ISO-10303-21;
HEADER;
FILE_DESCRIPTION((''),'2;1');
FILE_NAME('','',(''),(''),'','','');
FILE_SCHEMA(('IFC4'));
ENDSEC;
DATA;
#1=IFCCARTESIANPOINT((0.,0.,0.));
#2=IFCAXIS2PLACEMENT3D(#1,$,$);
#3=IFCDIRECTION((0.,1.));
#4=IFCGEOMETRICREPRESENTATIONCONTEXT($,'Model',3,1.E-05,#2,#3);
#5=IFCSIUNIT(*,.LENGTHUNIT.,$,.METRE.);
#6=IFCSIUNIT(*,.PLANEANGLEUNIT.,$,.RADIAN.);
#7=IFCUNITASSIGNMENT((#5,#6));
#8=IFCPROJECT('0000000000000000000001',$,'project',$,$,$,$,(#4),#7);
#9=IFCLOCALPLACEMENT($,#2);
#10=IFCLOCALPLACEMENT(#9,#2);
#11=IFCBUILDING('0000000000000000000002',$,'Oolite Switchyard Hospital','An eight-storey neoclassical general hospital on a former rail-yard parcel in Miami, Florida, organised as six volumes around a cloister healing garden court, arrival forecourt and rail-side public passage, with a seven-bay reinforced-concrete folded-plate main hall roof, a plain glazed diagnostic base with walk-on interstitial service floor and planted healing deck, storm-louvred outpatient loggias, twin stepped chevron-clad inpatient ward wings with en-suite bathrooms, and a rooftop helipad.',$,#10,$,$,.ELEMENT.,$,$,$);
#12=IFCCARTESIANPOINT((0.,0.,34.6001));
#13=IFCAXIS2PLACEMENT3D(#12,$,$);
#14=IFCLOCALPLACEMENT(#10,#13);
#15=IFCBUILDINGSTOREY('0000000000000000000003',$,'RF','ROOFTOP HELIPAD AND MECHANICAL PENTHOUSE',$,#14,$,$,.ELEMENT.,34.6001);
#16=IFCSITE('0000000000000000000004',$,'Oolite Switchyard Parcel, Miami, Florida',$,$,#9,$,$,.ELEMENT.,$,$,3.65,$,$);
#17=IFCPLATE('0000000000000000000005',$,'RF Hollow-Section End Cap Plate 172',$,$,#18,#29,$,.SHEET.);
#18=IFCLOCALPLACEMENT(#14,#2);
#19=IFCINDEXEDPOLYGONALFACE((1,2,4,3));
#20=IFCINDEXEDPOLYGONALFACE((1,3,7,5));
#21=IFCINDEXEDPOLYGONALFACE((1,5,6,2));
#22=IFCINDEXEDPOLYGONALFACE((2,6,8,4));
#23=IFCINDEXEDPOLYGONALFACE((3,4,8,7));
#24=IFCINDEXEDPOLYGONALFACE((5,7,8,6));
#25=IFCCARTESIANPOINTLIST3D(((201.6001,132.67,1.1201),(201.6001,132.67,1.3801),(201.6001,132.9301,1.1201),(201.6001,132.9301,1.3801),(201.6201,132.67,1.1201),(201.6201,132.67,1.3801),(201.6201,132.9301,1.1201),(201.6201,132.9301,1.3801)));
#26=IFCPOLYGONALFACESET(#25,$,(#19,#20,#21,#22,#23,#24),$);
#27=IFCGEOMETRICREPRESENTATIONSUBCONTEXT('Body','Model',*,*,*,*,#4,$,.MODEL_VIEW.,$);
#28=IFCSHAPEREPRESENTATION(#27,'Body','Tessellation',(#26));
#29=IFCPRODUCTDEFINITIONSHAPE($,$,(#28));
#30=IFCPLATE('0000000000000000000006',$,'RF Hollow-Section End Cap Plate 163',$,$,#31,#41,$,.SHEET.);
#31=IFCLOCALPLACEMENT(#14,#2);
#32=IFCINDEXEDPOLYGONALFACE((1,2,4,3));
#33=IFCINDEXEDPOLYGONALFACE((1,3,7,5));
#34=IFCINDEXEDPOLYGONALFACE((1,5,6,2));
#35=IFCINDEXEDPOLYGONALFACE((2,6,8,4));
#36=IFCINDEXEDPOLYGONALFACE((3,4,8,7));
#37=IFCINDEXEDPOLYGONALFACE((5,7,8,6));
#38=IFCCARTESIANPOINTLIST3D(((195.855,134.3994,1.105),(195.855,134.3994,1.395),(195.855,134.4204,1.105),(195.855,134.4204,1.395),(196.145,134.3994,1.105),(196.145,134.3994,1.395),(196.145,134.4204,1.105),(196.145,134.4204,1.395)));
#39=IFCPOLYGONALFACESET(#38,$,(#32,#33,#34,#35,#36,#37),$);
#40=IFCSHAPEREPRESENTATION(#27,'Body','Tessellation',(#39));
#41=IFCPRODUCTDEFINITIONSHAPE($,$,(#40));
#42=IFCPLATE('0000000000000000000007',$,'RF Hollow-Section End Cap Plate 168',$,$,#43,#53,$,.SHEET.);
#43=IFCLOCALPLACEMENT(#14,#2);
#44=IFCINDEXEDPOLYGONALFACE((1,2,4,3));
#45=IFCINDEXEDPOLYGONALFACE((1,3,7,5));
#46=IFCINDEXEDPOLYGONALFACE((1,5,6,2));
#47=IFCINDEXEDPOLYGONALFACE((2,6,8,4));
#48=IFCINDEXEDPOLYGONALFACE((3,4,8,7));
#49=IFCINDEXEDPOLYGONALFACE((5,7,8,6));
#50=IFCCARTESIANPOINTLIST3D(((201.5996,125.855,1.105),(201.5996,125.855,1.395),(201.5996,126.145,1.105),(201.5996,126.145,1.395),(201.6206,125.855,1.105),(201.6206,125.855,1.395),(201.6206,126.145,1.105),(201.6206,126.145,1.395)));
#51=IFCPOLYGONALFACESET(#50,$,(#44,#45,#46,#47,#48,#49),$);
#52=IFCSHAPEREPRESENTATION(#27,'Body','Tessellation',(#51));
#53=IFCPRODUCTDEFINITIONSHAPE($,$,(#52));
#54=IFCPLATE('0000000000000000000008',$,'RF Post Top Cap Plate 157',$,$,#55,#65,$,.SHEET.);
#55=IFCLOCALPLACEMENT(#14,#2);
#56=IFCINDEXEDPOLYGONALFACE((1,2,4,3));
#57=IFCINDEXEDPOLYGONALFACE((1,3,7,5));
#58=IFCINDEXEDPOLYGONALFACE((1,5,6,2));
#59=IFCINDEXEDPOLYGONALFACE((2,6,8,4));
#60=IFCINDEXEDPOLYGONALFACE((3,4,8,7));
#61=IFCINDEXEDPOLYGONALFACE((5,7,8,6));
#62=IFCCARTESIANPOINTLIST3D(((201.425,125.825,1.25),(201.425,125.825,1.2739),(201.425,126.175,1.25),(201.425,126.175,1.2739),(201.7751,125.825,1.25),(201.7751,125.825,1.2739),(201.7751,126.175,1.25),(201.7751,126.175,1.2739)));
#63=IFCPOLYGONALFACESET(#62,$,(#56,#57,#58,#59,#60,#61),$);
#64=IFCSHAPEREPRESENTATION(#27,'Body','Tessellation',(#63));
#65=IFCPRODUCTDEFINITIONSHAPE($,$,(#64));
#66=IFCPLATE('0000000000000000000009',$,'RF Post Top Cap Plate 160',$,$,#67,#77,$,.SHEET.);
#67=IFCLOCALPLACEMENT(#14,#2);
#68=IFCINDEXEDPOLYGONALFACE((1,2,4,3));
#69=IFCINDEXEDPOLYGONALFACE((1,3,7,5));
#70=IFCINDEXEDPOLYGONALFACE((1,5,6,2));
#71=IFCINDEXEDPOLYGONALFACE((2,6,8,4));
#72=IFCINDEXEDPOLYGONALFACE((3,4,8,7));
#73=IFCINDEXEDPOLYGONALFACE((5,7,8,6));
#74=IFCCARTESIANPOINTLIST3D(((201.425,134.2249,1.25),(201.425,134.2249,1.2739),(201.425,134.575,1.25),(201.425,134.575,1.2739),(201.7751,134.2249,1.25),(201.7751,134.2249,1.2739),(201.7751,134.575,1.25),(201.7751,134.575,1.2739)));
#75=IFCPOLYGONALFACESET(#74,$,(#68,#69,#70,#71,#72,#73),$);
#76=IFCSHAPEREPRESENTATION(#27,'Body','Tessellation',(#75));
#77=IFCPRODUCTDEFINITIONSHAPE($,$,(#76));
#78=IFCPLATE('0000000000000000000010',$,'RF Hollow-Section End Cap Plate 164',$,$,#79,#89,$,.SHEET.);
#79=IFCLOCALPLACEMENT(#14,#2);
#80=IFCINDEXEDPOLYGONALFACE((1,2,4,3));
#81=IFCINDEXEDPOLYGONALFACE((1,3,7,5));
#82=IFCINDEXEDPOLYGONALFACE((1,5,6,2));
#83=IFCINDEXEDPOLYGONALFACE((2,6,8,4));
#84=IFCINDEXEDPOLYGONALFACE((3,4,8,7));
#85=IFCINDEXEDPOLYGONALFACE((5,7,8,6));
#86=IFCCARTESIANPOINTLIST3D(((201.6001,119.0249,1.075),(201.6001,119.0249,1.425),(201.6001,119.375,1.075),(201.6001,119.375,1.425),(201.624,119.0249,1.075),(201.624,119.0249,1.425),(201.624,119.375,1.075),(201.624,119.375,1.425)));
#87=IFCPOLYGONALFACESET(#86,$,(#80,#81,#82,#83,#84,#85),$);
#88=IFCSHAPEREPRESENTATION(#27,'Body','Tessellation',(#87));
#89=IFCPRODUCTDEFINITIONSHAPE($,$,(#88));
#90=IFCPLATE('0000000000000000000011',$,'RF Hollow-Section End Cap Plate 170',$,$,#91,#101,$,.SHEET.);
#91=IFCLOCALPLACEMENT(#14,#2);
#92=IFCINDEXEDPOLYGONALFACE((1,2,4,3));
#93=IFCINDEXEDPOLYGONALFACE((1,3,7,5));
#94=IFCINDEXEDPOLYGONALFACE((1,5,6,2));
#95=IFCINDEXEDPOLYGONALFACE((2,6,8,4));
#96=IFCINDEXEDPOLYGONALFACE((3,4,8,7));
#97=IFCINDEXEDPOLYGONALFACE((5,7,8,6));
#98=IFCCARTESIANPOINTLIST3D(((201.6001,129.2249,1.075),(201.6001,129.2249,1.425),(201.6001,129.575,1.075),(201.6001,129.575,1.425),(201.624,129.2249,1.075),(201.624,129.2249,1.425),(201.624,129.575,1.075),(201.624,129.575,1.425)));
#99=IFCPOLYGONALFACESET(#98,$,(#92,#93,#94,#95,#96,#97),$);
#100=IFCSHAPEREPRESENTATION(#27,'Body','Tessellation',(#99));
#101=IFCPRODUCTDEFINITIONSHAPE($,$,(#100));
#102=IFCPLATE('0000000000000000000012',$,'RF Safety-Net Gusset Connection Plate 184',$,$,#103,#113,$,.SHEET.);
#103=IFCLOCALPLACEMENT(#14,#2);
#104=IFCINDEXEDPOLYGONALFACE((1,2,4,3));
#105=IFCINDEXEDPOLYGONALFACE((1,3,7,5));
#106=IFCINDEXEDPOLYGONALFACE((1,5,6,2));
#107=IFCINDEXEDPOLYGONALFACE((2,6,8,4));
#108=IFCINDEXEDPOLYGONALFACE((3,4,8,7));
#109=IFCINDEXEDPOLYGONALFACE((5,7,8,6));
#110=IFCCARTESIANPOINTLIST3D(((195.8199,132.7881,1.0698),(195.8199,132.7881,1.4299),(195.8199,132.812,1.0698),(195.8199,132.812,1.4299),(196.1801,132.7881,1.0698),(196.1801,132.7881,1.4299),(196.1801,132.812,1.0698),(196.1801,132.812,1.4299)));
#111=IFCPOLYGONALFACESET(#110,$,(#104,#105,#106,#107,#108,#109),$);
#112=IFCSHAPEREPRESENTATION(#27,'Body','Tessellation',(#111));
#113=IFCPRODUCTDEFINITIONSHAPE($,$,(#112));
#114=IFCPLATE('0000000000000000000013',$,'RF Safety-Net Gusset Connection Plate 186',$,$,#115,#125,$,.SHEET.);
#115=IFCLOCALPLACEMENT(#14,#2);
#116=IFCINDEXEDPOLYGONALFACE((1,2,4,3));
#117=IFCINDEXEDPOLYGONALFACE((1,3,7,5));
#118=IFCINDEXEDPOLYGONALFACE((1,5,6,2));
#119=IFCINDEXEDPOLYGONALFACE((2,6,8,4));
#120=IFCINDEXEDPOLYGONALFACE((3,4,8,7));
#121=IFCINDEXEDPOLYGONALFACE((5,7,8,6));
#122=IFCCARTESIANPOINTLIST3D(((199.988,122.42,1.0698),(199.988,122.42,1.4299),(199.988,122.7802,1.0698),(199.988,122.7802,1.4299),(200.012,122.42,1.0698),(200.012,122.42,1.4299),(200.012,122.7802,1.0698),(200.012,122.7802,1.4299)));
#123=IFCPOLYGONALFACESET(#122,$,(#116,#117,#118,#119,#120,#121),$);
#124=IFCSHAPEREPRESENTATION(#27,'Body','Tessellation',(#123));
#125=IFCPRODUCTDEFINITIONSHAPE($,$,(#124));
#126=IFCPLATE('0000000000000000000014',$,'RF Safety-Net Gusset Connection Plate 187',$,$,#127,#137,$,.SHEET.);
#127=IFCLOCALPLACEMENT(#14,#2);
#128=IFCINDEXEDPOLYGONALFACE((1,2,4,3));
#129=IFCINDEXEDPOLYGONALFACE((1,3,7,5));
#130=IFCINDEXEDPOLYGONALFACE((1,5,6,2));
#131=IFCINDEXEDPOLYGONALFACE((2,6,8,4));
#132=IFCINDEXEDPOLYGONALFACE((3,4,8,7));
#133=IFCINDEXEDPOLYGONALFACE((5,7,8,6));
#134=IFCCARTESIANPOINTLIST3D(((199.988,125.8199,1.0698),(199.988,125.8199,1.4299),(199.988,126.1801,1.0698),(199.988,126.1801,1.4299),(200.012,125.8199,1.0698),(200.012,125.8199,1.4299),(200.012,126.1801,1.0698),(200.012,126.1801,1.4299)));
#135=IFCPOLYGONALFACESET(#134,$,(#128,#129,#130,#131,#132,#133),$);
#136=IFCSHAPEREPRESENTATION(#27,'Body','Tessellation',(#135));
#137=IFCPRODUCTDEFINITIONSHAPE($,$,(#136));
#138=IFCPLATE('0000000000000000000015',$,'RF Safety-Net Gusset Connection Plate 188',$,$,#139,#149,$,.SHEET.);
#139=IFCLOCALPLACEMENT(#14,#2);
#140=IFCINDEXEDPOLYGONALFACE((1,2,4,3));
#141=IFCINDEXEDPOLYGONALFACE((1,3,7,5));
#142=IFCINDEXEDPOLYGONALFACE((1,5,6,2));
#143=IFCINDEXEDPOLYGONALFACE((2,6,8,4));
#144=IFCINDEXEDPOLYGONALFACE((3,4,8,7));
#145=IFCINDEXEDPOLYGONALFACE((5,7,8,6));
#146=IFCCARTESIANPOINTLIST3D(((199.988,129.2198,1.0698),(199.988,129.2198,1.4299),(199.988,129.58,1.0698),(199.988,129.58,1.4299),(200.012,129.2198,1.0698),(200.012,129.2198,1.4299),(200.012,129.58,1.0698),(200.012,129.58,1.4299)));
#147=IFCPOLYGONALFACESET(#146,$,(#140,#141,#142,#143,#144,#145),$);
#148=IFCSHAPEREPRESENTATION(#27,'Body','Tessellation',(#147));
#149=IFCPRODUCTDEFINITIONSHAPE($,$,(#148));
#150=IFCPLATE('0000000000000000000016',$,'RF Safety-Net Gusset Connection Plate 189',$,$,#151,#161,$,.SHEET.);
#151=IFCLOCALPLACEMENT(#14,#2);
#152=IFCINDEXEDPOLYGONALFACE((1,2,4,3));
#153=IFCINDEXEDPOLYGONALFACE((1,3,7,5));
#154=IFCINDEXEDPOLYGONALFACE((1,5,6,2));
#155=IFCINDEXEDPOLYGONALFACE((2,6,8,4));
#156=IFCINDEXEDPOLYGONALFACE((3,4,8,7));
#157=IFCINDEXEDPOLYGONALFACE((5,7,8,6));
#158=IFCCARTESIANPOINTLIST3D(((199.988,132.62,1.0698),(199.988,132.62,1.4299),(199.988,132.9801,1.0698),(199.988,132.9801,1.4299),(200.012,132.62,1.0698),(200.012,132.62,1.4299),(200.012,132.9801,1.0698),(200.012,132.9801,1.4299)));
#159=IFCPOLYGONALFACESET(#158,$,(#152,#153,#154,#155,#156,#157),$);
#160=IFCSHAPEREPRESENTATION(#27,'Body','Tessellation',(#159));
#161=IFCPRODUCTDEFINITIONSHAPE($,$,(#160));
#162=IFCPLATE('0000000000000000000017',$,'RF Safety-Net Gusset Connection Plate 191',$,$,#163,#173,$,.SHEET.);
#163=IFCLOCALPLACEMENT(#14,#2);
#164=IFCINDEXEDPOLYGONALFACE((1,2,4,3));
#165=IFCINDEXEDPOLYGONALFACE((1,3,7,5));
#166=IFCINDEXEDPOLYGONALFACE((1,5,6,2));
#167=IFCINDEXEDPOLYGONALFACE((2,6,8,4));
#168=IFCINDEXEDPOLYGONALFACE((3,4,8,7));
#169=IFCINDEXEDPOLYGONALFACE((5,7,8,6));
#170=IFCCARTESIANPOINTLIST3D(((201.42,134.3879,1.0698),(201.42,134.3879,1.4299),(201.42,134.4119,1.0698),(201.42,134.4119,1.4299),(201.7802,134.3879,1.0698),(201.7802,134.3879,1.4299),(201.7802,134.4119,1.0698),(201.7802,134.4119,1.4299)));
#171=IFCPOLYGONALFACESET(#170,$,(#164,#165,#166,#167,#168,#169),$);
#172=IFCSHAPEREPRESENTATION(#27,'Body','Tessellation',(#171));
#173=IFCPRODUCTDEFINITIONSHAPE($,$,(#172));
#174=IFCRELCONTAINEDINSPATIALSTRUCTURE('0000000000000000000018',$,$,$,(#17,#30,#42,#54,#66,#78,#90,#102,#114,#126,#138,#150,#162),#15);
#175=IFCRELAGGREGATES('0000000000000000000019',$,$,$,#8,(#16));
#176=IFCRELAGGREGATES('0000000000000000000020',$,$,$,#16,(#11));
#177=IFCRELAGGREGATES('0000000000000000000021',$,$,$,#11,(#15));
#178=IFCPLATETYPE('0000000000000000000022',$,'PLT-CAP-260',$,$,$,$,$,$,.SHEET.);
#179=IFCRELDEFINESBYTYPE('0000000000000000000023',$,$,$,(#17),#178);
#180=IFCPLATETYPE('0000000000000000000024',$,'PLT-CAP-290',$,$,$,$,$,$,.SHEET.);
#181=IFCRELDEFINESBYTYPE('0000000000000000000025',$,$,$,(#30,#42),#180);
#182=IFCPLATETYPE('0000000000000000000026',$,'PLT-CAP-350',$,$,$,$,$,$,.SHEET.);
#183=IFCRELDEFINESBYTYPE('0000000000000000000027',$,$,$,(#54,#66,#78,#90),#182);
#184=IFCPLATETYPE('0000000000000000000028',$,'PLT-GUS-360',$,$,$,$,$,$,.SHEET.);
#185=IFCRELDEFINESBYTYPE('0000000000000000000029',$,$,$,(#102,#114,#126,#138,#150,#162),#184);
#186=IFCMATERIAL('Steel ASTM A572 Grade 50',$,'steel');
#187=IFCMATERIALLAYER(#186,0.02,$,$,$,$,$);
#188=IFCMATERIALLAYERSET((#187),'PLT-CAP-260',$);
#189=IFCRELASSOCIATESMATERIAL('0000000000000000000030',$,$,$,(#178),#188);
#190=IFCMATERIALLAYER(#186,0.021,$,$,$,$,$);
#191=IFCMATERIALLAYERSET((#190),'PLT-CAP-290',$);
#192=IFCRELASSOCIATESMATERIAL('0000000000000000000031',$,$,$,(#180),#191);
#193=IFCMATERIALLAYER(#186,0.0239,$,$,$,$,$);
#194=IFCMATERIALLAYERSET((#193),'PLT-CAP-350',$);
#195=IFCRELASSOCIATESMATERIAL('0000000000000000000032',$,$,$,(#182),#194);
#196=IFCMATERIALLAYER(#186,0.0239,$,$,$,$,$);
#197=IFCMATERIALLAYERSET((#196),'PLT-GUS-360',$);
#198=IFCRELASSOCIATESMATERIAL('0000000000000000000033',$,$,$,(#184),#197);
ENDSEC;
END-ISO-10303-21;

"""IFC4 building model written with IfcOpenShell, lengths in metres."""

from ifc_helpers import new_model, si_unit, direction, frame, origin, origin_2d, place, context, subcontext, project, spatial, rectangle, extrude, material, layer, layer_set, type_object, element, save


model = new_model("IFC4")

# Units and contexts
model_context = context("Model", 3, precision=1e-05, world=origin(), true_north=direction((0.0, 1.0)))
body_context = subcontext(model_context, "Body", "Model", "MODEL_VIEW")
ifc_project = project(units=[si_unit("LENGTHUNIT", "METRE"), si_unit("PLANEANGLEUNIT", "RADIAN")], contexts=[model_context])

# Site, building, storey
site_placement = place(None, origin())
site = spatial("IfcSite", under=ifc_project, at=site_placement, Name="Oolite Switchyard Parcel, Miami, Florida", CompositionType="ELEMENT", RefElevation=3.65)
building_placement = place(site_placement, origin())
building = spatial("IfcBuilding", under=site, at=building_placement, Name="Oolite Switchyard Hospital", Description="An eight-storey neoclassical general hospital on a former rail-yard parcel in Miami, Florida, organised as six volumes around a cloister healing garden court, arrival forecourt and rail-side public passage, with a seven-bay reinforced-concrete folded-plate main hall roof, a plain glazed diagnostic base with walk-on interstitial service floor and planted healing deck, storm-louvred outpatient loggias, twin stepped chevron-clad inpatient ward wings with en-suite bathrooms, and a rooftop helipad.", CompositionType="ELEMENT")
storey_placement = place(building_placement, frame((0.0, 0.0, 34.6001)))
storey = spatial("IfcBuildingStorey", under=building, at=storey_placement, Name="RF", Description="ROOFTOP HELIPAD AND MECHANICAL PENTHOUSE", CompositionType="ELEMENT", Elevation=34.6001)

# Plates
ifc_material_1 = material(Name="Steel ASTM A572 Grade 50", Category="steel")
ifc_layer_1 = layer(ifc_material_1, 0.02)
ifc_layer_set_1 = layer_set([ifc_layer_1], Name="PLT-CAP-260")
plate_type_1 = type_object("IfcPlateType", Name="PLT-CAP-260", PredefinedType="SHEET", material=ifc_layer_set_1)
for number, where, z_axis, x_axis, name in (
    (1, (201.6101, 132.8, 1.1201), (0.0, 0.0, 1.0), (0.0, 1.0, 0.0), "RF Hollow-Section End Cap Plate 172"),
):
    element("IfcPlate", number, at=place(storey_placement, frame(where, z_axis=z_axis, x_axis=x_axis)), inside=storey, type_object=plate_type_1, Name=name, PredefinedType="SHEET", context=body_context, shape_type="SweptSolid", body=[
        extrude(rectangle(XDim=0.26, YDim=0.02, at=origin_2d()), origin(), (0.0, 0.0, 1.0), 0.26),
    ])
ifc_layer_2 = layer(ifc_material_1, 0.021)
ifc_layer_set_2 = layer_set([ifc_layer_2], Name="PLT-CAP-290")
plate_type_2 = type_object("IfcPlateType", Name="PLT-CAP-290", PredefinedType="SHEET", material=ifc_layer_set_2)
for number, where, z_axis, x_axis, name in (
    (2, (196.0, 134.4099, 1.105), (0.0, 0.0, 1.0), (1.0, 0.0, 0.0), "RF Hollow-Section End Cap Plate 163"),
    (3, (201.6101, 126.0, 1.105), (0.0, 0.0, 1.0), (0.0, 1.0, 0.0), "RF Hollow-Section End Cap Plate 168"),
):
    element("IfcPlate", number, at=place(storey_placement, frame(where, z_axis=z_axis, x_axis=x_axis)), inside=storey, type_object=plate_type_2, Name=name, PredefinedType="SHEET", context=body_context, shape_type="SweptSolid", body=[
        extrude(rectangle(XDim=0.29, YDim=0.021, at=origin_2d()), origin(), (0.0, 0.0, 1.0), 0.29),
    ])
ifc_layer_3 = layer(ifc_material_1, 0.0239)
ifc_layer_set_3 = layer_set([ifc_layer_3], Name="PLT-CAP-350")
plate_type_3 = type_object("IfcPlateType", Name="PLT-CAP-350", PredefinedType="SHEET", material=ifc_layer_set_3)
for number, where, z_axis, x_axis, name in (
    (4, (201.6001, 126.0, 1.25), (0.0, 0.0, 1.0), (1.0, 0.0, 0.0), "RF Post Top Cap Plate 157"),
    (5, (201.6001, 134.3999, 1.25), (0.0, 0.0, 1.0), (1.0, 0.0, 0.0), "RF Post Top Cap Plate 160"),
):
    element("IfcPlate", number, at=place(storey_placement, frame(where, z_axis=z_axis, x_axis=x_axis)), inside=storey, type_object=plate_type_3, Name=name, PredefinedType="SHEET", context=body_context, shape_type="SweptSolid", body=[
        extrude(rectangle(XDim=0.3501, YDim=0.3501, at=origin_2d()), origin(), (0.0, 0.0, 1.0), 0.0239),
    ])
for number, where, z_axis, x_axis, name in (
    (6, (201.6121, 119.2, 1.075), (0.0, 0.0, 1.0), (0.0, 1.0, 0.0), "RF Hollow-Section End Cap Plate 164"),
    (7, (201.6121, 129.3999, 1.075), (0.0, 0.0, 1.0), (0.0, 1.0, 0.0), "RF Hollow-Section End Cap Plate 170"),
):
    element("IfcPlate", number, at=place(storey_placement, frame(where, z_axis=z_axis, x_axis=x_axis)), inside=storey, type_object=plate_type_3, Name=name, PredefinedType="SHEET", context=body_context, shape_type="SweptSolid", body=[
        extrude(rectangle(XDim=0.3501, YDim=0.0239, at=origin_2d()), origin(), (0.0, 0.0, 1.0), 0.3501),
    ])
ifc_layer_4 = layer(ifc_material_1, 0.0239)
ifc_layer_set_4 = layer_set([ifc_layer_4], Name="PLT-GUS-360")
plate_type_4 = type_object("IfcPlateType", Name="PLT-GUS-360", PredefinedType="SHEET", material=ifc_layer_set_4)
for number, where, z_axis, x_axis, name in (
    (8, (196.0, 132.8, 1.0698), (0.0, 0.0, 1.0), (1.0, 0.0, 0.0), "RF Safety-Net Gusset Connection Plate 184"),
    (9, (200.0, 122.6001, 1.0698), (0.0, 0.0, 1.0), (0.0, 1.0, 0.0), "RF Safety-Net Gusset Connection Plate 186"),
    (10, (200.0, 126.0, 1.0698), (0.0, 0.0, 1.0), (0.0, 1.0, 0.0), "RF Safety-Net Gusset Connection Plate 187"),
    (11, (200.0, 129.3999, 1.0698), (0.0, 0.0, 1.0), (0.0, 1.0, 0.0), "RF Safety-Net Gusset Connection Plate 188"),
    (12, (200.0, 132.8, 1.0698), (0.0, 0.0, 1.0), (0.0, 1.0, 0.0), "RF Safety-Net Gusset Connection Plate 189"),
    (13, (201.6001, 134.3999, 1.0698), (0.0, 0.0, 1.0), (1.0, 0.0, 0.0), "RF Safety-Net Gusset Connection Plate 191"),
):
    element("IfcPlate", number, at=place(storey_placement, frame(where, z_axis=z_axis, x_axis=x_axis)), inside=storey, type_object=plate_type_4, Name=name, PredefinedType="SHEET", context=body_context, shape_type="SweptSolid", body=[
        extrude(rectangle(XDim=0.3601, YDim=0.0239, at=origin_2d()), origin(), (0.0, 0.0, 1.0), 0.3601),
    ])

save(model, "model.ifc")
